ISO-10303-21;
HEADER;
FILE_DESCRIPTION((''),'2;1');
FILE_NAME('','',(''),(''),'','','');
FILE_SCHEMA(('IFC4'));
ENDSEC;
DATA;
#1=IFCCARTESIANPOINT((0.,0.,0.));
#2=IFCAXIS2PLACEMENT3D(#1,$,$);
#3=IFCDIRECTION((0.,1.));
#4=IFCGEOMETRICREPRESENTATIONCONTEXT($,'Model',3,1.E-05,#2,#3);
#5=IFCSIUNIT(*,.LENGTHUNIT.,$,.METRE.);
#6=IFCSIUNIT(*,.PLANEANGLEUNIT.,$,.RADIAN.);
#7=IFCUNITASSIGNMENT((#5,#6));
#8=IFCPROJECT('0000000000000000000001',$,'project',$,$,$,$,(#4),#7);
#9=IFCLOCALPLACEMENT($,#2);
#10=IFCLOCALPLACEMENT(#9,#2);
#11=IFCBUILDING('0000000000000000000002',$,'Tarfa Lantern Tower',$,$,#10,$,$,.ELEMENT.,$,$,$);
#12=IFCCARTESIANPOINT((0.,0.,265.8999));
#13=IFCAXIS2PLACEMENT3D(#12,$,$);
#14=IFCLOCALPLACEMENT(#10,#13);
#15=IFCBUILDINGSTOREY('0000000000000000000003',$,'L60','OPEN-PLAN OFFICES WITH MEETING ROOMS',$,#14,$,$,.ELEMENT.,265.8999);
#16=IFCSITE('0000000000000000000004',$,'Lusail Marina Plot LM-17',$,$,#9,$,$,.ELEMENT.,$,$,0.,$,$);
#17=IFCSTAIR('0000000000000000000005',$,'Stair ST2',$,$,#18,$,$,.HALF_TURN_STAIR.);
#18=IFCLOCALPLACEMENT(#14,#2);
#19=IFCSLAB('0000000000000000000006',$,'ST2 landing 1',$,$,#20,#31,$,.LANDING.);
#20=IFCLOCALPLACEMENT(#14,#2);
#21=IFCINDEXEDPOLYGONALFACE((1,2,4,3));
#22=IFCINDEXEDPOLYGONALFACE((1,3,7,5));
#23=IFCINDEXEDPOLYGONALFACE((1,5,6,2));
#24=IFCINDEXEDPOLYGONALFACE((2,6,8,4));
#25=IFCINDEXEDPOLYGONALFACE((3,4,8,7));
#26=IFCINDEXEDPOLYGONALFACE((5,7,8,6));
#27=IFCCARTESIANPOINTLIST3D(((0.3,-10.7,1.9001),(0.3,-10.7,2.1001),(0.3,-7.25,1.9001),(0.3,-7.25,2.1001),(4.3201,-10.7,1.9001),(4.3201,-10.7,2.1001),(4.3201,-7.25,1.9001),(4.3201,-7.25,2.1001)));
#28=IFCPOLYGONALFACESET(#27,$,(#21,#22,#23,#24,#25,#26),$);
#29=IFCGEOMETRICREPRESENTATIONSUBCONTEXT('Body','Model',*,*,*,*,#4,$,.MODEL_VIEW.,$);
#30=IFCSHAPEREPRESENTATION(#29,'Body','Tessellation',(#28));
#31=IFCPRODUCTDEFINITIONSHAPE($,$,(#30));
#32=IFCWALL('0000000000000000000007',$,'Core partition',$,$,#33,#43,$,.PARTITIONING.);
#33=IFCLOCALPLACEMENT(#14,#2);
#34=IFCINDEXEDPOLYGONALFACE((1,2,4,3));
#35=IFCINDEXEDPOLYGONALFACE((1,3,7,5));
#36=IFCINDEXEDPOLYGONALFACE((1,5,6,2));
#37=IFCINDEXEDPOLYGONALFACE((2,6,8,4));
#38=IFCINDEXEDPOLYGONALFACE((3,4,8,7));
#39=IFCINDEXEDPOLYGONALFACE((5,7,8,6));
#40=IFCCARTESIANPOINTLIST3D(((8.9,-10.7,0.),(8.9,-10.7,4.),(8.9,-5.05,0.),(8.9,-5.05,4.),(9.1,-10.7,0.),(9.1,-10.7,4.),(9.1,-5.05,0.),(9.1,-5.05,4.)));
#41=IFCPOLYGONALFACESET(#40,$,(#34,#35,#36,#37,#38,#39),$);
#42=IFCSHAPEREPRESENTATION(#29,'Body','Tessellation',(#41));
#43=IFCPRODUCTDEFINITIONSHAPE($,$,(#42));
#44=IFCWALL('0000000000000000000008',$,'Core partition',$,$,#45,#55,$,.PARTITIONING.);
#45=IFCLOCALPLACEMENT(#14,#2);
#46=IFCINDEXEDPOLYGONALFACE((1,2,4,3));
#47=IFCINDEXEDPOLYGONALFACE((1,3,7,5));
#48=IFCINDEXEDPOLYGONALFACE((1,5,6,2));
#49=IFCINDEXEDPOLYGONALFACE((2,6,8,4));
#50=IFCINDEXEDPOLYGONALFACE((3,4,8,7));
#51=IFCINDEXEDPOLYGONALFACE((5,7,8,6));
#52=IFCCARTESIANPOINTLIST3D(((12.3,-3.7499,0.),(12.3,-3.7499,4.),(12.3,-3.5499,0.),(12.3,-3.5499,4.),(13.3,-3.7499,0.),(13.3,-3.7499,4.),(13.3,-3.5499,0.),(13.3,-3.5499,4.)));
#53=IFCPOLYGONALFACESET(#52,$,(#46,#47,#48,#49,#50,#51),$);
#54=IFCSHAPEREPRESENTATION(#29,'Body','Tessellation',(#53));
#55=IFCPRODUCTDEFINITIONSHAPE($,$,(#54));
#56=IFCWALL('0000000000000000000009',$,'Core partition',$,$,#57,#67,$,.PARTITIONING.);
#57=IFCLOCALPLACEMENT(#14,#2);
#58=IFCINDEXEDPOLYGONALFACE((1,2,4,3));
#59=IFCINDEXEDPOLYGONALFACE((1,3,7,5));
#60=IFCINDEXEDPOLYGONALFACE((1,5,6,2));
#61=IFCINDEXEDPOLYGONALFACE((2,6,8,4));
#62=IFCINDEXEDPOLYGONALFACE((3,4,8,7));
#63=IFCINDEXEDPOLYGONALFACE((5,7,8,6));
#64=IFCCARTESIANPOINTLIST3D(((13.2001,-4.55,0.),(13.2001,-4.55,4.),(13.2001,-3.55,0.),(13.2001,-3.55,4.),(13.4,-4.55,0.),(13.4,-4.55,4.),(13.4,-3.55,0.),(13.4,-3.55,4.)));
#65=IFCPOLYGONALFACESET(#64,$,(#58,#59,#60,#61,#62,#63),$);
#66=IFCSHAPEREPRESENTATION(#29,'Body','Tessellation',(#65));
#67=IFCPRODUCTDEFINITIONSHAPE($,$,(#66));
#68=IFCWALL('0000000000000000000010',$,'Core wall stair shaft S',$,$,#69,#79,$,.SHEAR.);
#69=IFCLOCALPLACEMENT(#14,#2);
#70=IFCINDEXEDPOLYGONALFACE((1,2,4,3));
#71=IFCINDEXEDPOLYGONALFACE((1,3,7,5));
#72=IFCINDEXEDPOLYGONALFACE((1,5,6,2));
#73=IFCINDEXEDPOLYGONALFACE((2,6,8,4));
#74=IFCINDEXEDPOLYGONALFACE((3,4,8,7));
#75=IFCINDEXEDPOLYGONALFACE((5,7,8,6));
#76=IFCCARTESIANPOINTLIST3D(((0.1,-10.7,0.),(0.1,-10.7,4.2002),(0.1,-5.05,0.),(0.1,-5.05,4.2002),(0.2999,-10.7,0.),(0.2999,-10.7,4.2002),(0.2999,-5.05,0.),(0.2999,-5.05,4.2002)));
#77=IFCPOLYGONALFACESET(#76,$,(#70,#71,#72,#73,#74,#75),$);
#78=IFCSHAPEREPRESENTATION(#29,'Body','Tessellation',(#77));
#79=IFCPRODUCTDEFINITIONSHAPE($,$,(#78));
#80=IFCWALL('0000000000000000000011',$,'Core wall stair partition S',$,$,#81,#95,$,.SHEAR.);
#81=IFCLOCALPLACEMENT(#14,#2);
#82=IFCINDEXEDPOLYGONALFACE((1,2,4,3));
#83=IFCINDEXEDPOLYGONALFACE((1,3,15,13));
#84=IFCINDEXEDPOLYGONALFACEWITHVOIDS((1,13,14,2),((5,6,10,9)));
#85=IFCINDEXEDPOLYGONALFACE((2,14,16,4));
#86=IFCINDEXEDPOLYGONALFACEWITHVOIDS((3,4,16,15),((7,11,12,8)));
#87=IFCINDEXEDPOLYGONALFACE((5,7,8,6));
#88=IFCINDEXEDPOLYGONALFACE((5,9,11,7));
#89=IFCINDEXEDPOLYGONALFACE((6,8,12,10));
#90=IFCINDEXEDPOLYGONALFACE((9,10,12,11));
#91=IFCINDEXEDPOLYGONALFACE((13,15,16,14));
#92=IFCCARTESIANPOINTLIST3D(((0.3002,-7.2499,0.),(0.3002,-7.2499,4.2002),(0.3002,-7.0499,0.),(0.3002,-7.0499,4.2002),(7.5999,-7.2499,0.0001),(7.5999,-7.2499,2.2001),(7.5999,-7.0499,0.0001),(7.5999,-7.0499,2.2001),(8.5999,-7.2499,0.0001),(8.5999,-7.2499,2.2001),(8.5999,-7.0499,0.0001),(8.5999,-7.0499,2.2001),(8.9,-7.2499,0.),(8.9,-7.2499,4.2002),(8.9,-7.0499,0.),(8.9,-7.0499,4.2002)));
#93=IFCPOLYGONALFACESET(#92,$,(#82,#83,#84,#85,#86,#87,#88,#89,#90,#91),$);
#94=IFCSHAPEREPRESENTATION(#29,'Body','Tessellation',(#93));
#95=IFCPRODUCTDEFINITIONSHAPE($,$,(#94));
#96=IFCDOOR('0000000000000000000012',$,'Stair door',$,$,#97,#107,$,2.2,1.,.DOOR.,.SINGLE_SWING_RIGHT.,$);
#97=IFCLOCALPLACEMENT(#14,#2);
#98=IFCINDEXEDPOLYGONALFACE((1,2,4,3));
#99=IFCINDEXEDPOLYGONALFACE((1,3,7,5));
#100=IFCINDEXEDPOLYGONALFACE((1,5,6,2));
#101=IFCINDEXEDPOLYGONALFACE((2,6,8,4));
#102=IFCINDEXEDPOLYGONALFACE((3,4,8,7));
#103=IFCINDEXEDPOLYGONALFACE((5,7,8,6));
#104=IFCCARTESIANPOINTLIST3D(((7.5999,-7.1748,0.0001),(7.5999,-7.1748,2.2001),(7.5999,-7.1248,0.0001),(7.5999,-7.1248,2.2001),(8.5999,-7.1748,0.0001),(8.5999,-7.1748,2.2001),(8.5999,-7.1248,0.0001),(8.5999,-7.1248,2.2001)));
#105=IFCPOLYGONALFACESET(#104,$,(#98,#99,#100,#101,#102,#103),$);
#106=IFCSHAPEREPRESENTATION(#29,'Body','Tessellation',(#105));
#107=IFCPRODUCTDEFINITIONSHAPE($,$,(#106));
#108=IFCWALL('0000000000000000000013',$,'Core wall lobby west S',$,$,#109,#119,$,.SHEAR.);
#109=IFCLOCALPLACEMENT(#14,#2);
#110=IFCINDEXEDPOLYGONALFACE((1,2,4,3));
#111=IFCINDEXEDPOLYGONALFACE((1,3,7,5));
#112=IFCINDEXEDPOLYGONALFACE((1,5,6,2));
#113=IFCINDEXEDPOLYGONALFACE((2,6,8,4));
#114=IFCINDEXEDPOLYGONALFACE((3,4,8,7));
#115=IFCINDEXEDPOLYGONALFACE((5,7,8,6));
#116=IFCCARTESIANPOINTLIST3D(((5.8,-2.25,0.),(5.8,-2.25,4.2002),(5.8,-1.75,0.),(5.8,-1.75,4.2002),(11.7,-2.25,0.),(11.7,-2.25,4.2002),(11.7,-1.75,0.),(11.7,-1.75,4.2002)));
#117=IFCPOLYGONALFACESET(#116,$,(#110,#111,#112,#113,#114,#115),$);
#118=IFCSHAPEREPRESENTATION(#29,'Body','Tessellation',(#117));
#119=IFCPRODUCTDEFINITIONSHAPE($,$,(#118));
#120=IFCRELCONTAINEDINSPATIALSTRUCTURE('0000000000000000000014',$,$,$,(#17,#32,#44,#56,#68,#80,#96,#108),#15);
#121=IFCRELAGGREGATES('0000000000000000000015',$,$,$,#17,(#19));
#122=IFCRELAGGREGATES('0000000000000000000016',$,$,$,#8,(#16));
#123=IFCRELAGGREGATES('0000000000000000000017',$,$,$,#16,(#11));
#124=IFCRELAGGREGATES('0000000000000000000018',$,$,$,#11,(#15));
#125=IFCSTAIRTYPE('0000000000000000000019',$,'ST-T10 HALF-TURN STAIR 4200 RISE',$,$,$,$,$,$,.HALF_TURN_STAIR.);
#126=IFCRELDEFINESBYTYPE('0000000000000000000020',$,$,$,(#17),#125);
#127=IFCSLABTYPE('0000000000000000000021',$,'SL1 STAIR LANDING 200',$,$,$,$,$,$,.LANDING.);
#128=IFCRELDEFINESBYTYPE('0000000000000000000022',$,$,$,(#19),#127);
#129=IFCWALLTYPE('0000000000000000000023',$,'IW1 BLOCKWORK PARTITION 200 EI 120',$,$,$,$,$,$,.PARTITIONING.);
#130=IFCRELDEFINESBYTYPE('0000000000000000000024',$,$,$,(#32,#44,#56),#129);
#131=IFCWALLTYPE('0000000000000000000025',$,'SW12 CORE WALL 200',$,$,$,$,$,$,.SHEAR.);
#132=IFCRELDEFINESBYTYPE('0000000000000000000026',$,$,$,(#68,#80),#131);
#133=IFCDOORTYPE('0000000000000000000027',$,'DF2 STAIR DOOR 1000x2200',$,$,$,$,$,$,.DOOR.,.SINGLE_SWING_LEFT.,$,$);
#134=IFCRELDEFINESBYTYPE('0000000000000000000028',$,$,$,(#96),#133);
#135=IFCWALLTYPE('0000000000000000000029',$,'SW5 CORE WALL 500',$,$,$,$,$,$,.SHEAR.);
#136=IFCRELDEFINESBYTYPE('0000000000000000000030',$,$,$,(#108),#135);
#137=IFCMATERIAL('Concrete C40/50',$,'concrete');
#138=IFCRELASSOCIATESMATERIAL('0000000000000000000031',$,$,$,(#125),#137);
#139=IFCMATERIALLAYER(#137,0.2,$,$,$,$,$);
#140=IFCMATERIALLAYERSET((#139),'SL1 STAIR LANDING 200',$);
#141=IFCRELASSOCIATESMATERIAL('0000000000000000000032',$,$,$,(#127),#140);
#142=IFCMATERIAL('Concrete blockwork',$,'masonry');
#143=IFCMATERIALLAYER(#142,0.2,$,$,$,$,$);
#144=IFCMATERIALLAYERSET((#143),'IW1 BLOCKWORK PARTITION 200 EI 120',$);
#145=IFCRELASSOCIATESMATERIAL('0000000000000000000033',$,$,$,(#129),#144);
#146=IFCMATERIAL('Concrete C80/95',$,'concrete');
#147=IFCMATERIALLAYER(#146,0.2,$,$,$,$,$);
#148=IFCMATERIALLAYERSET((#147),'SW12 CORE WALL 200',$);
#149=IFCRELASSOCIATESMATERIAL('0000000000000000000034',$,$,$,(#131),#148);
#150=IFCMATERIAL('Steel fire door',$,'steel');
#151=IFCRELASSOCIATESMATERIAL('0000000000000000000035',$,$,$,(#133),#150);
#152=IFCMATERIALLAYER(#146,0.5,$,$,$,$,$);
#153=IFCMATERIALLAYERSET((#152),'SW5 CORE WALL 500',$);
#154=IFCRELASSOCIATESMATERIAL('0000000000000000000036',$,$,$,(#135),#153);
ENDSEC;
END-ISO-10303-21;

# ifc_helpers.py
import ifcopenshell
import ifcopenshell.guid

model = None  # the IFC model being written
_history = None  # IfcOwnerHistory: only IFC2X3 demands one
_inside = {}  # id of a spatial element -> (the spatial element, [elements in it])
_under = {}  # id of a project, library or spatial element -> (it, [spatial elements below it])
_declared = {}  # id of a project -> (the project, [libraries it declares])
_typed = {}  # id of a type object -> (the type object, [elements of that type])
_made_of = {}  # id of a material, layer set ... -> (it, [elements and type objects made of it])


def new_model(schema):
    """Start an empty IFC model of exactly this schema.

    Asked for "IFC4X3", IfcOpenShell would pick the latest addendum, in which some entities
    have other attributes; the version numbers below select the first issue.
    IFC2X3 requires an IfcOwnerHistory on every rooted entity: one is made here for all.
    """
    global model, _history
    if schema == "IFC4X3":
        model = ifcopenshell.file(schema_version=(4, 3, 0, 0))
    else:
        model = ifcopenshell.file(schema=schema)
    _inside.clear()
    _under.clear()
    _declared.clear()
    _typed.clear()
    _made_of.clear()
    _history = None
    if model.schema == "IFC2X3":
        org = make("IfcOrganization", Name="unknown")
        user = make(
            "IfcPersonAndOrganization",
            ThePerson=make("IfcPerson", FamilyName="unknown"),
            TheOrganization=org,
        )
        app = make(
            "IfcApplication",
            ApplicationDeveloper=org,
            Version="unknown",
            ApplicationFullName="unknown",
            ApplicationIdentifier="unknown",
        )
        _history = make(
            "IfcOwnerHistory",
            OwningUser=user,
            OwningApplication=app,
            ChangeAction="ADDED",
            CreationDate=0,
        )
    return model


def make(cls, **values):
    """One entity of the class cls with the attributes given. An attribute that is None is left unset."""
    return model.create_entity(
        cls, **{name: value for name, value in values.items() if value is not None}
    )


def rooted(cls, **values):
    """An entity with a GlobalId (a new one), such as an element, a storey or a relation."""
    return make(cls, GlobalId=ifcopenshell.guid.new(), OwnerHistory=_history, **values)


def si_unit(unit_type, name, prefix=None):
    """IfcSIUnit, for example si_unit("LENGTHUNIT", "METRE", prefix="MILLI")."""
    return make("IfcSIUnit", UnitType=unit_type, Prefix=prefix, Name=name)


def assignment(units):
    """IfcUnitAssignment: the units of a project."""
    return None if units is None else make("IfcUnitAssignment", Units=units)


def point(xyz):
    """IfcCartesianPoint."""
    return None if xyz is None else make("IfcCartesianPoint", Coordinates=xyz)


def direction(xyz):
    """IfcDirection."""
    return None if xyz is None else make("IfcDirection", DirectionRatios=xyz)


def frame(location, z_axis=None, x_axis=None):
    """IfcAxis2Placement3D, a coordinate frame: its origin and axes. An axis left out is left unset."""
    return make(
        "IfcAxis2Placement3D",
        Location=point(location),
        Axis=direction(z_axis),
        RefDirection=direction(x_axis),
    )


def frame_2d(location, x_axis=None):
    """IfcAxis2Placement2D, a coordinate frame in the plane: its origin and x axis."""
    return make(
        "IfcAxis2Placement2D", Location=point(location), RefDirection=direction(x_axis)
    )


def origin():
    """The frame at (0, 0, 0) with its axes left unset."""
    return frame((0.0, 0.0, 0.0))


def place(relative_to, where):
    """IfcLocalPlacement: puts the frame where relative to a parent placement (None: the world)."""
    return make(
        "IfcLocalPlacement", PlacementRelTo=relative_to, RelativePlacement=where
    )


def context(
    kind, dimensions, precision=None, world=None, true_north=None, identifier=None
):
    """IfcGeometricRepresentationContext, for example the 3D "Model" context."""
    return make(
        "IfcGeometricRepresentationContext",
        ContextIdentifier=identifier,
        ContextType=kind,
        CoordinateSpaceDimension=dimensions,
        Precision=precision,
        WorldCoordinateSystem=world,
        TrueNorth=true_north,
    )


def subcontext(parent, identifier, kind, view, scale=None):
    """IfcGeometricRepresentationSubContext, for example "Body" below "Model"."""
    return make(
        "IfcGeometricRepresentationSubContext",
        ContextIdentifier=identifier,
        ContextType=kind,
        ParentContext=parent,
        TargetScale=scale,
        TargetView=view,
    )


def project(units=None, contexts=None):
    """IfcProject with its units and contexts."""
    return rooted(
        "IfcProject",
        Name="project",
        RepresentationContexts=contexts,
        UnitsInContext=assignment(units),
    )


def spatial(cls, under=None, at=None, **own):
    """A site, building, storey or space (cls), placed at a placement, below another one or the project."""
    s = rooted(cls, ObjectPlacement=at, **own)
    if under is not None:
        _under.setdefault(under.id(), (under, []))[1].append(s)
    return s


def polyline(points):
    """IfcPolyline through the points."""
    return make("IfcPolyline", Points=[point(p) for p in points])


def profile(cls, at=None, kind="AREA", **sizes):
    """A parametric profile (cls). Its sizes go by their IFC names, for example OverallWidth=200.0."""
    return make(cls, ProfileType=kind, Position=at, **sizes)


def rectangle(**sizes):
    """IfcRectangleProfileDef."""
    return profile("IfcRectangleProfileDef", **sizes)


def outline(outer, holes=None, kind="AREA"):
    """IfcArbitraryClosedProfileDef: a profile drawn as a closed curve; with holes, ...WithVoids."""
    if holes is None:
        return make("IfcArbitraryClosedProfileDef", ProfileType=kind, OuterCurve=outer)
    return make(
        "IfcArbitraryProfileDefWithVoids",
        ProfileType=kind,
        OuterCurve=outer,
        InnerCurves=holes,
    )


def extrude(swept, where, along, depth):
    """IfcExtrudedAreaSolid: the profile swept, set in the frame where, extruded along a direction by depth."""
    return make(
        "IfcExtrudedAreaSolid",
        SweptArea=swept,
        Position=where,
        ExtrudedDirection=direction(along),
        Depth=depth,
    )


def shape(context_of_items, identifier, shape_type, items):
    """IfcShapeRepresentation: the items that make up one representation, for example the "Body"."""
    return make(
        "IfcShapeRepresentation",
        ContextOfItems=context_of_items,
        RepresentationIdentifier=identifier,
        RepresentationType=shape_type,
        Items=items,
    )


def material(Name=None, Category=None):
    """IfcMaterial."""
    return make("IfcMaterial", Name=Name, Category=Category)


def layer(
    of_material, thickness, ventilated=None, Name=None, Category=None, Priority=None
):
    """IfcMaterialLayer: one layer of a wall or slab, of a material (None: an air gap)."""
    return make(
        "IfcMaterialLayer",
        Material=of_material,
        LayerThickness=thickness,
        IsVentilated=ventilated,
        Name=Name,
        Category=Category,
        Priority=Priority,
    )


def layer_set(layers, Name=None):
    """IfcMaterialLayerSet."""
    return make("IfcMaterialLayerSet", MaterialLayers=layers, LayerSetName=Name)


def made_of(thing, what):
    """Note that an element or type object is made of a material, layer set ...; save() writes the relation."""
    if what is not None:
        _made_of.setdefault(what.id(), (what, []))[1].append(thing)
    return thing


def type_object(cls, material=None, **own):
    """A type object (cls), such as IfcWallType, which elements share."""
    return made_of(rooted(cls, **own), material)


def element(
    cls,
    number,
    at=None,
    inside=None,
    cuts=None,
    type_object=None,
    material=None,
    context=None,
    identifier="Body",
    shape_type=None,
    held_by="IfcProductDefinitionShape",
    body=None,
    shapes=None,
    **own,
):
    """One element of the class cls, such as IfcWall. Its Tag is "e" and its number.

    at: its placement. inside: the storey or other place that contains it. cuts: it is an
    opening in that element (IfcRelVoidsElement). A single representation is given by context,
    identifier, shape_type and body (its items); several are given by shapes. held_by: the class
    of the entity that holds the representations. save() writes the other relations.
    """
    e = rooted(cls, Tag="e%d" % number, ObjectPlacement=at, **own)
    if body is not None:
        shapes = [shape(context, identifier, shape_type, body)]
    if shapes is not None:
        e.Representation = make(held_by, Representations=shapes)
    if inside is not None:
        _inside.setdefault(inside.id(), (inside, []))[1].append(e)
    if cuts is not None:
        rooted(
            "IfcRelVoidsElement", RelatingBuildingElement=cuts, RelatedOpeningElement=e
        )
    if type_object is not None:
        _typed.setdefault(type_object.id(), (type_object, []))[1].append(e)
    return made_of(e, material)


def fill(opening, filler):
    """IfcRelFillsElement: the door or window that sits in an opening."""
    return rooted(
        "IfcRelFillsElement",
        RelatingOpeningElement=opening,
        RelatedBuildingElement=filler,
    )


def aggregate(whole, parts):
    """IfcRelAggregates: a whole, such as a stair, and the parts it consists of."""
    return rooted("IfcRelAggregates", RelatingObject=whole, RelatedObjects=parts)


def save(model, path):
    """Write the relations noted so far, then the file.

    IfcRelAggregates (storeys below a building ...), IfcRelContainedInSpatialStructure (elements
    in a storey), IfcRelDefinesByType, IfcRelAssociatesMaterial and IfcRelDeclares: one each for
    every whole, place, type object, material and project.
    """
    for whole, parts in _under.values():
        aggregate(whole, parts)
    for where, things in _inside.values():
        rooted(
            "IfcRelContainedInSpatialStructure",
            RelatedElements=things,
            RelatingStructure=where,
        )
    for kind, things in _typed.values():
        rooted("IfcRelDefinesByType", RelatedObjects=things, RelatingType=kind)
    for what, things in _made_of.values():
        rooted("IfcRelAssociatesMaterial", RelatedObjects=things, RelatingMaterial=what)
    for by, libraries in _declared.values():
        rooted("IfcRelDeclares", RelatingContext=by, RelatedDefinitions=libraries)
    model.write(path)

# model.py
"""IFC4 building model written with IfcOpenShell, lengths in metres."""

from ifc_helpers import new_model, si_unit, direction, frame, frame_2d, origin, place, context, subcontext, project, spatial, polyline, rectangle, outline, extrude, material, layer, layer_set, type_object, element, fill, aggregate, save


model = new_model("IFC4")

# Units and contexts
model_context = context("Model", 3, precision=1e-05, world=origin(), true_north=direction((0.0, 1.0)))
body_context = subcontext(model_context, "Body", "Model", "MODEL_VIEW")
ifc_project = project(units=[si_unit("LENGTHUNIT", "METRE"), si_unit("PLANEANGLEUNIT", "RADIAN")], contexts=[model_context])

# Site, building, storey
site_placement = place(None, origin())
site = spatial("IfcSite", under=ifc_project, at=site_placement, Name="Lusail Marina Plot LM-17", CompositionType="ELEMENT", RefElevation=0.0)
building_placement = place(site_placement, origin())
building = spatial("IfcBuilding", under=site, at=building_placement, Name="Tarfa Lantern Tower", CompositionType="ELEMENT")
storey_placement = place(building_placement, frame((0.0, 0.0, 265.8999)))
storey = spatial("IfcBuildingStorey", under=building, at=storey_placement, Name="L60", Description="OPEN-PLAN OFFICES WITH MEETING ROOMS", CompositionType="ELEMENT", Elevation=265.8999)

# Stair, slab
ifc_material_1 = material(Name="Concrete C40/50", Category="concrete")
stair_type = type_object("IfcStairType", Name="ST-T10 HALF-TURN STAIR 4200 RISE", PredefinedType="HALF_TURN_STAIR", material=ifc_material_1)
stair_placement = place(storey_placement, origin())
stair = element("IfcStair", 1, at=stair_placement, inside=storey, type_object=stair_type, Name="Stair ST2", PredefinedType="HALF_TURN_STAIR")
ifc_layer_1 = layer(ifc_material_1, 0.2)
ifc_layer_set_1 = layer_set([ifc_layer_1], Name="SL1 STAIR LANDING 200")
slab_type = type_object("IfcSlabType", Name="SL1 STAIR LANDING 200", PredefinedType="LANDING", material=ifc_layer_set_1)
slab_placement = place(storey_placement, frame((0.0, 0.0, 1.9001)))
slab = element("IfcSlab", 2, at=slab_placement, type_object=slab_type, Name="ST2 landing 1", PredefinedType="LANDING", context=body_context, shape_type="SweptSolid", body=[
    extrude(outline(polyline([(4.3201, -7.25), (0.3, -7.25), (0.3, -10.7), (4.3201, -10.7), (4.3201, -7.25)])), origin(), (0.0, 0.0, 1.0), 0.2),
])

# Walls
ifc_material_2 = material(Name="Concrete blockwork", Category="masonry")
ifc_layer_2 = layer(ifc_material_2, 0.2)
ifc_layer_set_2 = layer_set([ifc_layer_2], Name="IW1 BLOCKWORK PARTITION 200 EI 120")
wall_type_1 = type_object("IfcWallType", Name="IW1 BLOCKWORK PARTITION 200 EI 120", PredefinedType="PARTITIONING", material=ifc_layer_set_2)
wall_1_placement = place(storey_placement, frame((9.0, -5.05, 0.0), z_axis=(0.0, 0.0, 1.0), x_axis=(0.0, -1.0, 0.0)))
element("IfcWall", 3, at=wall_1_placement, inside=storey, type_object=wall_type_1, Name="Core partition", PredefinedType="PARTITIONING", context=body_context, shape_type="SweptSolid", body=[
    extrude(rectangle(XDim=5.6499, YDim=0.2, at=frame_2d((2.825, 0.0))), origin(), (0.0, 0.0, 1.0), 4.0),
])
for number, where, z_axis, x_axis, name in (
    (4, (13.3, -3.6499, 0.0), (0.0, 0.0, 1.0), (-1.0, 0.0, 0.0), "Core partition"),
    (5, (13.3, -3.55, 0.0), (0.0, 0.0, 1.0), (0.0, -1.0, 0.0), "Core partition"),
):
    element("IfcWall", number, at=place(storey_placement, frame(where, z_axis=z_axis, x_axis=x_axis)), inside=storey, type_object=wall_type_1, Name=name, PredefinedType="PARTITIONING", context=body_context, shape_type="SweptSolid", body=[
        extrude(rectangle(XDim=1.0, YDim=0.2, at=frame_2d((0.5, 0.0))), origin(), (0.0, 0.0, 1.0), 4.0),
    ])
ifc_material_3 = material(Name="Concrete C80/95", Category="concrete")
ifc_layer_3 = layer(ifc_material_3, 0.2)
ifc_layer_set_3 = layer_set([ifc_layer_3], Name="SW12 CORE WALL 200")
wall_type_2 = type_object("IfcWallType", Name="SW12 CORE WALL 200", PredefinedType="SHEAR", material=ifc_layer_set_3)
wall_2_placement = place(storey_placement, frame((0.2, -5.05, 0.0), z_axis=(0.0, 0.0, 1.0), x_axis=(0.0, -1.0, 0.0)))
element("IfcWall", 6, at=wall_2_placement, inside=storey, type_object=wall_type_2, Name="Core wall stair shaft S", PredefinedType="SHEAR", context=body_context, shape_type="SweptSolid", body=[
    extrude(rectangle(XDim=5.6499, YDim=0.2, at=frame_2d((2.825, 0.0))), origin(), (0.0, 0.0, 1.0), 4.2002),
])

# Wall, opening, door
wall_3_placement = place(storey_placement, frame((8.8999, -7.1499, 0.0), z_axis=(0.0, 0.0, 1.0), x_axis=(-1.0, 0.0, 0.0)))
wall_3 = element("IfcWall", 7, at=wall_3_placement, inside=storey, type_object=wall_type_2, Name="Core wall stair partition S", PredefinedType="SHEAR", context=body_context, shape_type="SweptSolid", body=[
    extrude(rectangle(XDim=8.5999, YDim=0.2, at=frame_2d((4.2998, 0.0))), origin(), (0.0, 0.0, 1.0), 4.2002),
])
opening_1_placement = place(wall_3_placement, frame((0.3, 0.0, 0.0)))
opening_1 = element("IfcOpeningElement", 8, at=opening_1_placement, cuts=wall_3, PredefinedType="OPENING", context=body_context, shape_type="SweptSolid", body=[
    extrude(rectangle(XDim=1.0, YDim=2.2, at=frame_2d((0.5, 1.1001))), frame((0.0, 0.1099, 0.0), z_axis=(0.0, -1.0, 0.0), x_axis=(1.0, 0.0, 0.0)), (0.0, 0.0, 1.0), 0.22),
])
ifc_material_4 = material(Name="Steel fire door", Category="steel")
door_type_1 = type_object("IfcDoorType", Name="DF2 STAIR DOOR 1000x2200", OperationType="SINGLE_SWING_LEFT", PredefinedType="DOOR", material=ifc_material_4)
door_1_placement = place(opening_1_placement, origin())
door_1 = element("IfcDoor", 9, at=door_1_placement, inside=storey, type_object=door_type_1, Name="Stair door", OperationType="SINGLE_SWING_RIGHT", OverallHeight=2.2, OverallWidth=1.0, PredefinedType="DOOR", context=body_context, shape_type="SweptSolid", body=[
    extrude(rectangle(XDim=1.0, YDim=2.2, at=frame_2d((0.5, 1.1001))), frame((0.0, 0.0249, 0.0), z_axis=(0.0, -1.0, 0.0), x_axis=(1.0, 0.0, 0.0)), (0.0, 0.0, 1.0), 0.05),
])
fill(opening_1, door_1)

# Wall
ifc_layer_4 = layer(ifc_material_3, 0.5)
ifc_layer_set_4 = layer_set([ifc_layer_4], Name="SW5 CORE WALL 500")
wall_type_3 = type_object("IfcWallType", Name="SW5 CORE WALL 500", PredefinedType="SHEAR", material=ifc_layer_set_4)
wall_4_placement = place(storey_placement, frame((11.7, -2.0, 0.0), z_axis=(0.0, 0.0, 1.0), x_axis=(-1.0, 0.0, 0.0)))
element("IfcWall", 10, at=wall_4_placement, inside=storey, type_object=wall_type_3, Name="Core wall lobby west S", PredefinedType="SHEAR", context=body_context, shape_type="SweptSolid", body=[
    extrude(rectangle(XDim=5.8999, YDim=0.5, at=frame_2d((2.95, 0.0))), origin(), (0.0, 0.0, 1.0), 4.2002),
])

aggregate(stair, [slab])

save(model, "model.ifc")
